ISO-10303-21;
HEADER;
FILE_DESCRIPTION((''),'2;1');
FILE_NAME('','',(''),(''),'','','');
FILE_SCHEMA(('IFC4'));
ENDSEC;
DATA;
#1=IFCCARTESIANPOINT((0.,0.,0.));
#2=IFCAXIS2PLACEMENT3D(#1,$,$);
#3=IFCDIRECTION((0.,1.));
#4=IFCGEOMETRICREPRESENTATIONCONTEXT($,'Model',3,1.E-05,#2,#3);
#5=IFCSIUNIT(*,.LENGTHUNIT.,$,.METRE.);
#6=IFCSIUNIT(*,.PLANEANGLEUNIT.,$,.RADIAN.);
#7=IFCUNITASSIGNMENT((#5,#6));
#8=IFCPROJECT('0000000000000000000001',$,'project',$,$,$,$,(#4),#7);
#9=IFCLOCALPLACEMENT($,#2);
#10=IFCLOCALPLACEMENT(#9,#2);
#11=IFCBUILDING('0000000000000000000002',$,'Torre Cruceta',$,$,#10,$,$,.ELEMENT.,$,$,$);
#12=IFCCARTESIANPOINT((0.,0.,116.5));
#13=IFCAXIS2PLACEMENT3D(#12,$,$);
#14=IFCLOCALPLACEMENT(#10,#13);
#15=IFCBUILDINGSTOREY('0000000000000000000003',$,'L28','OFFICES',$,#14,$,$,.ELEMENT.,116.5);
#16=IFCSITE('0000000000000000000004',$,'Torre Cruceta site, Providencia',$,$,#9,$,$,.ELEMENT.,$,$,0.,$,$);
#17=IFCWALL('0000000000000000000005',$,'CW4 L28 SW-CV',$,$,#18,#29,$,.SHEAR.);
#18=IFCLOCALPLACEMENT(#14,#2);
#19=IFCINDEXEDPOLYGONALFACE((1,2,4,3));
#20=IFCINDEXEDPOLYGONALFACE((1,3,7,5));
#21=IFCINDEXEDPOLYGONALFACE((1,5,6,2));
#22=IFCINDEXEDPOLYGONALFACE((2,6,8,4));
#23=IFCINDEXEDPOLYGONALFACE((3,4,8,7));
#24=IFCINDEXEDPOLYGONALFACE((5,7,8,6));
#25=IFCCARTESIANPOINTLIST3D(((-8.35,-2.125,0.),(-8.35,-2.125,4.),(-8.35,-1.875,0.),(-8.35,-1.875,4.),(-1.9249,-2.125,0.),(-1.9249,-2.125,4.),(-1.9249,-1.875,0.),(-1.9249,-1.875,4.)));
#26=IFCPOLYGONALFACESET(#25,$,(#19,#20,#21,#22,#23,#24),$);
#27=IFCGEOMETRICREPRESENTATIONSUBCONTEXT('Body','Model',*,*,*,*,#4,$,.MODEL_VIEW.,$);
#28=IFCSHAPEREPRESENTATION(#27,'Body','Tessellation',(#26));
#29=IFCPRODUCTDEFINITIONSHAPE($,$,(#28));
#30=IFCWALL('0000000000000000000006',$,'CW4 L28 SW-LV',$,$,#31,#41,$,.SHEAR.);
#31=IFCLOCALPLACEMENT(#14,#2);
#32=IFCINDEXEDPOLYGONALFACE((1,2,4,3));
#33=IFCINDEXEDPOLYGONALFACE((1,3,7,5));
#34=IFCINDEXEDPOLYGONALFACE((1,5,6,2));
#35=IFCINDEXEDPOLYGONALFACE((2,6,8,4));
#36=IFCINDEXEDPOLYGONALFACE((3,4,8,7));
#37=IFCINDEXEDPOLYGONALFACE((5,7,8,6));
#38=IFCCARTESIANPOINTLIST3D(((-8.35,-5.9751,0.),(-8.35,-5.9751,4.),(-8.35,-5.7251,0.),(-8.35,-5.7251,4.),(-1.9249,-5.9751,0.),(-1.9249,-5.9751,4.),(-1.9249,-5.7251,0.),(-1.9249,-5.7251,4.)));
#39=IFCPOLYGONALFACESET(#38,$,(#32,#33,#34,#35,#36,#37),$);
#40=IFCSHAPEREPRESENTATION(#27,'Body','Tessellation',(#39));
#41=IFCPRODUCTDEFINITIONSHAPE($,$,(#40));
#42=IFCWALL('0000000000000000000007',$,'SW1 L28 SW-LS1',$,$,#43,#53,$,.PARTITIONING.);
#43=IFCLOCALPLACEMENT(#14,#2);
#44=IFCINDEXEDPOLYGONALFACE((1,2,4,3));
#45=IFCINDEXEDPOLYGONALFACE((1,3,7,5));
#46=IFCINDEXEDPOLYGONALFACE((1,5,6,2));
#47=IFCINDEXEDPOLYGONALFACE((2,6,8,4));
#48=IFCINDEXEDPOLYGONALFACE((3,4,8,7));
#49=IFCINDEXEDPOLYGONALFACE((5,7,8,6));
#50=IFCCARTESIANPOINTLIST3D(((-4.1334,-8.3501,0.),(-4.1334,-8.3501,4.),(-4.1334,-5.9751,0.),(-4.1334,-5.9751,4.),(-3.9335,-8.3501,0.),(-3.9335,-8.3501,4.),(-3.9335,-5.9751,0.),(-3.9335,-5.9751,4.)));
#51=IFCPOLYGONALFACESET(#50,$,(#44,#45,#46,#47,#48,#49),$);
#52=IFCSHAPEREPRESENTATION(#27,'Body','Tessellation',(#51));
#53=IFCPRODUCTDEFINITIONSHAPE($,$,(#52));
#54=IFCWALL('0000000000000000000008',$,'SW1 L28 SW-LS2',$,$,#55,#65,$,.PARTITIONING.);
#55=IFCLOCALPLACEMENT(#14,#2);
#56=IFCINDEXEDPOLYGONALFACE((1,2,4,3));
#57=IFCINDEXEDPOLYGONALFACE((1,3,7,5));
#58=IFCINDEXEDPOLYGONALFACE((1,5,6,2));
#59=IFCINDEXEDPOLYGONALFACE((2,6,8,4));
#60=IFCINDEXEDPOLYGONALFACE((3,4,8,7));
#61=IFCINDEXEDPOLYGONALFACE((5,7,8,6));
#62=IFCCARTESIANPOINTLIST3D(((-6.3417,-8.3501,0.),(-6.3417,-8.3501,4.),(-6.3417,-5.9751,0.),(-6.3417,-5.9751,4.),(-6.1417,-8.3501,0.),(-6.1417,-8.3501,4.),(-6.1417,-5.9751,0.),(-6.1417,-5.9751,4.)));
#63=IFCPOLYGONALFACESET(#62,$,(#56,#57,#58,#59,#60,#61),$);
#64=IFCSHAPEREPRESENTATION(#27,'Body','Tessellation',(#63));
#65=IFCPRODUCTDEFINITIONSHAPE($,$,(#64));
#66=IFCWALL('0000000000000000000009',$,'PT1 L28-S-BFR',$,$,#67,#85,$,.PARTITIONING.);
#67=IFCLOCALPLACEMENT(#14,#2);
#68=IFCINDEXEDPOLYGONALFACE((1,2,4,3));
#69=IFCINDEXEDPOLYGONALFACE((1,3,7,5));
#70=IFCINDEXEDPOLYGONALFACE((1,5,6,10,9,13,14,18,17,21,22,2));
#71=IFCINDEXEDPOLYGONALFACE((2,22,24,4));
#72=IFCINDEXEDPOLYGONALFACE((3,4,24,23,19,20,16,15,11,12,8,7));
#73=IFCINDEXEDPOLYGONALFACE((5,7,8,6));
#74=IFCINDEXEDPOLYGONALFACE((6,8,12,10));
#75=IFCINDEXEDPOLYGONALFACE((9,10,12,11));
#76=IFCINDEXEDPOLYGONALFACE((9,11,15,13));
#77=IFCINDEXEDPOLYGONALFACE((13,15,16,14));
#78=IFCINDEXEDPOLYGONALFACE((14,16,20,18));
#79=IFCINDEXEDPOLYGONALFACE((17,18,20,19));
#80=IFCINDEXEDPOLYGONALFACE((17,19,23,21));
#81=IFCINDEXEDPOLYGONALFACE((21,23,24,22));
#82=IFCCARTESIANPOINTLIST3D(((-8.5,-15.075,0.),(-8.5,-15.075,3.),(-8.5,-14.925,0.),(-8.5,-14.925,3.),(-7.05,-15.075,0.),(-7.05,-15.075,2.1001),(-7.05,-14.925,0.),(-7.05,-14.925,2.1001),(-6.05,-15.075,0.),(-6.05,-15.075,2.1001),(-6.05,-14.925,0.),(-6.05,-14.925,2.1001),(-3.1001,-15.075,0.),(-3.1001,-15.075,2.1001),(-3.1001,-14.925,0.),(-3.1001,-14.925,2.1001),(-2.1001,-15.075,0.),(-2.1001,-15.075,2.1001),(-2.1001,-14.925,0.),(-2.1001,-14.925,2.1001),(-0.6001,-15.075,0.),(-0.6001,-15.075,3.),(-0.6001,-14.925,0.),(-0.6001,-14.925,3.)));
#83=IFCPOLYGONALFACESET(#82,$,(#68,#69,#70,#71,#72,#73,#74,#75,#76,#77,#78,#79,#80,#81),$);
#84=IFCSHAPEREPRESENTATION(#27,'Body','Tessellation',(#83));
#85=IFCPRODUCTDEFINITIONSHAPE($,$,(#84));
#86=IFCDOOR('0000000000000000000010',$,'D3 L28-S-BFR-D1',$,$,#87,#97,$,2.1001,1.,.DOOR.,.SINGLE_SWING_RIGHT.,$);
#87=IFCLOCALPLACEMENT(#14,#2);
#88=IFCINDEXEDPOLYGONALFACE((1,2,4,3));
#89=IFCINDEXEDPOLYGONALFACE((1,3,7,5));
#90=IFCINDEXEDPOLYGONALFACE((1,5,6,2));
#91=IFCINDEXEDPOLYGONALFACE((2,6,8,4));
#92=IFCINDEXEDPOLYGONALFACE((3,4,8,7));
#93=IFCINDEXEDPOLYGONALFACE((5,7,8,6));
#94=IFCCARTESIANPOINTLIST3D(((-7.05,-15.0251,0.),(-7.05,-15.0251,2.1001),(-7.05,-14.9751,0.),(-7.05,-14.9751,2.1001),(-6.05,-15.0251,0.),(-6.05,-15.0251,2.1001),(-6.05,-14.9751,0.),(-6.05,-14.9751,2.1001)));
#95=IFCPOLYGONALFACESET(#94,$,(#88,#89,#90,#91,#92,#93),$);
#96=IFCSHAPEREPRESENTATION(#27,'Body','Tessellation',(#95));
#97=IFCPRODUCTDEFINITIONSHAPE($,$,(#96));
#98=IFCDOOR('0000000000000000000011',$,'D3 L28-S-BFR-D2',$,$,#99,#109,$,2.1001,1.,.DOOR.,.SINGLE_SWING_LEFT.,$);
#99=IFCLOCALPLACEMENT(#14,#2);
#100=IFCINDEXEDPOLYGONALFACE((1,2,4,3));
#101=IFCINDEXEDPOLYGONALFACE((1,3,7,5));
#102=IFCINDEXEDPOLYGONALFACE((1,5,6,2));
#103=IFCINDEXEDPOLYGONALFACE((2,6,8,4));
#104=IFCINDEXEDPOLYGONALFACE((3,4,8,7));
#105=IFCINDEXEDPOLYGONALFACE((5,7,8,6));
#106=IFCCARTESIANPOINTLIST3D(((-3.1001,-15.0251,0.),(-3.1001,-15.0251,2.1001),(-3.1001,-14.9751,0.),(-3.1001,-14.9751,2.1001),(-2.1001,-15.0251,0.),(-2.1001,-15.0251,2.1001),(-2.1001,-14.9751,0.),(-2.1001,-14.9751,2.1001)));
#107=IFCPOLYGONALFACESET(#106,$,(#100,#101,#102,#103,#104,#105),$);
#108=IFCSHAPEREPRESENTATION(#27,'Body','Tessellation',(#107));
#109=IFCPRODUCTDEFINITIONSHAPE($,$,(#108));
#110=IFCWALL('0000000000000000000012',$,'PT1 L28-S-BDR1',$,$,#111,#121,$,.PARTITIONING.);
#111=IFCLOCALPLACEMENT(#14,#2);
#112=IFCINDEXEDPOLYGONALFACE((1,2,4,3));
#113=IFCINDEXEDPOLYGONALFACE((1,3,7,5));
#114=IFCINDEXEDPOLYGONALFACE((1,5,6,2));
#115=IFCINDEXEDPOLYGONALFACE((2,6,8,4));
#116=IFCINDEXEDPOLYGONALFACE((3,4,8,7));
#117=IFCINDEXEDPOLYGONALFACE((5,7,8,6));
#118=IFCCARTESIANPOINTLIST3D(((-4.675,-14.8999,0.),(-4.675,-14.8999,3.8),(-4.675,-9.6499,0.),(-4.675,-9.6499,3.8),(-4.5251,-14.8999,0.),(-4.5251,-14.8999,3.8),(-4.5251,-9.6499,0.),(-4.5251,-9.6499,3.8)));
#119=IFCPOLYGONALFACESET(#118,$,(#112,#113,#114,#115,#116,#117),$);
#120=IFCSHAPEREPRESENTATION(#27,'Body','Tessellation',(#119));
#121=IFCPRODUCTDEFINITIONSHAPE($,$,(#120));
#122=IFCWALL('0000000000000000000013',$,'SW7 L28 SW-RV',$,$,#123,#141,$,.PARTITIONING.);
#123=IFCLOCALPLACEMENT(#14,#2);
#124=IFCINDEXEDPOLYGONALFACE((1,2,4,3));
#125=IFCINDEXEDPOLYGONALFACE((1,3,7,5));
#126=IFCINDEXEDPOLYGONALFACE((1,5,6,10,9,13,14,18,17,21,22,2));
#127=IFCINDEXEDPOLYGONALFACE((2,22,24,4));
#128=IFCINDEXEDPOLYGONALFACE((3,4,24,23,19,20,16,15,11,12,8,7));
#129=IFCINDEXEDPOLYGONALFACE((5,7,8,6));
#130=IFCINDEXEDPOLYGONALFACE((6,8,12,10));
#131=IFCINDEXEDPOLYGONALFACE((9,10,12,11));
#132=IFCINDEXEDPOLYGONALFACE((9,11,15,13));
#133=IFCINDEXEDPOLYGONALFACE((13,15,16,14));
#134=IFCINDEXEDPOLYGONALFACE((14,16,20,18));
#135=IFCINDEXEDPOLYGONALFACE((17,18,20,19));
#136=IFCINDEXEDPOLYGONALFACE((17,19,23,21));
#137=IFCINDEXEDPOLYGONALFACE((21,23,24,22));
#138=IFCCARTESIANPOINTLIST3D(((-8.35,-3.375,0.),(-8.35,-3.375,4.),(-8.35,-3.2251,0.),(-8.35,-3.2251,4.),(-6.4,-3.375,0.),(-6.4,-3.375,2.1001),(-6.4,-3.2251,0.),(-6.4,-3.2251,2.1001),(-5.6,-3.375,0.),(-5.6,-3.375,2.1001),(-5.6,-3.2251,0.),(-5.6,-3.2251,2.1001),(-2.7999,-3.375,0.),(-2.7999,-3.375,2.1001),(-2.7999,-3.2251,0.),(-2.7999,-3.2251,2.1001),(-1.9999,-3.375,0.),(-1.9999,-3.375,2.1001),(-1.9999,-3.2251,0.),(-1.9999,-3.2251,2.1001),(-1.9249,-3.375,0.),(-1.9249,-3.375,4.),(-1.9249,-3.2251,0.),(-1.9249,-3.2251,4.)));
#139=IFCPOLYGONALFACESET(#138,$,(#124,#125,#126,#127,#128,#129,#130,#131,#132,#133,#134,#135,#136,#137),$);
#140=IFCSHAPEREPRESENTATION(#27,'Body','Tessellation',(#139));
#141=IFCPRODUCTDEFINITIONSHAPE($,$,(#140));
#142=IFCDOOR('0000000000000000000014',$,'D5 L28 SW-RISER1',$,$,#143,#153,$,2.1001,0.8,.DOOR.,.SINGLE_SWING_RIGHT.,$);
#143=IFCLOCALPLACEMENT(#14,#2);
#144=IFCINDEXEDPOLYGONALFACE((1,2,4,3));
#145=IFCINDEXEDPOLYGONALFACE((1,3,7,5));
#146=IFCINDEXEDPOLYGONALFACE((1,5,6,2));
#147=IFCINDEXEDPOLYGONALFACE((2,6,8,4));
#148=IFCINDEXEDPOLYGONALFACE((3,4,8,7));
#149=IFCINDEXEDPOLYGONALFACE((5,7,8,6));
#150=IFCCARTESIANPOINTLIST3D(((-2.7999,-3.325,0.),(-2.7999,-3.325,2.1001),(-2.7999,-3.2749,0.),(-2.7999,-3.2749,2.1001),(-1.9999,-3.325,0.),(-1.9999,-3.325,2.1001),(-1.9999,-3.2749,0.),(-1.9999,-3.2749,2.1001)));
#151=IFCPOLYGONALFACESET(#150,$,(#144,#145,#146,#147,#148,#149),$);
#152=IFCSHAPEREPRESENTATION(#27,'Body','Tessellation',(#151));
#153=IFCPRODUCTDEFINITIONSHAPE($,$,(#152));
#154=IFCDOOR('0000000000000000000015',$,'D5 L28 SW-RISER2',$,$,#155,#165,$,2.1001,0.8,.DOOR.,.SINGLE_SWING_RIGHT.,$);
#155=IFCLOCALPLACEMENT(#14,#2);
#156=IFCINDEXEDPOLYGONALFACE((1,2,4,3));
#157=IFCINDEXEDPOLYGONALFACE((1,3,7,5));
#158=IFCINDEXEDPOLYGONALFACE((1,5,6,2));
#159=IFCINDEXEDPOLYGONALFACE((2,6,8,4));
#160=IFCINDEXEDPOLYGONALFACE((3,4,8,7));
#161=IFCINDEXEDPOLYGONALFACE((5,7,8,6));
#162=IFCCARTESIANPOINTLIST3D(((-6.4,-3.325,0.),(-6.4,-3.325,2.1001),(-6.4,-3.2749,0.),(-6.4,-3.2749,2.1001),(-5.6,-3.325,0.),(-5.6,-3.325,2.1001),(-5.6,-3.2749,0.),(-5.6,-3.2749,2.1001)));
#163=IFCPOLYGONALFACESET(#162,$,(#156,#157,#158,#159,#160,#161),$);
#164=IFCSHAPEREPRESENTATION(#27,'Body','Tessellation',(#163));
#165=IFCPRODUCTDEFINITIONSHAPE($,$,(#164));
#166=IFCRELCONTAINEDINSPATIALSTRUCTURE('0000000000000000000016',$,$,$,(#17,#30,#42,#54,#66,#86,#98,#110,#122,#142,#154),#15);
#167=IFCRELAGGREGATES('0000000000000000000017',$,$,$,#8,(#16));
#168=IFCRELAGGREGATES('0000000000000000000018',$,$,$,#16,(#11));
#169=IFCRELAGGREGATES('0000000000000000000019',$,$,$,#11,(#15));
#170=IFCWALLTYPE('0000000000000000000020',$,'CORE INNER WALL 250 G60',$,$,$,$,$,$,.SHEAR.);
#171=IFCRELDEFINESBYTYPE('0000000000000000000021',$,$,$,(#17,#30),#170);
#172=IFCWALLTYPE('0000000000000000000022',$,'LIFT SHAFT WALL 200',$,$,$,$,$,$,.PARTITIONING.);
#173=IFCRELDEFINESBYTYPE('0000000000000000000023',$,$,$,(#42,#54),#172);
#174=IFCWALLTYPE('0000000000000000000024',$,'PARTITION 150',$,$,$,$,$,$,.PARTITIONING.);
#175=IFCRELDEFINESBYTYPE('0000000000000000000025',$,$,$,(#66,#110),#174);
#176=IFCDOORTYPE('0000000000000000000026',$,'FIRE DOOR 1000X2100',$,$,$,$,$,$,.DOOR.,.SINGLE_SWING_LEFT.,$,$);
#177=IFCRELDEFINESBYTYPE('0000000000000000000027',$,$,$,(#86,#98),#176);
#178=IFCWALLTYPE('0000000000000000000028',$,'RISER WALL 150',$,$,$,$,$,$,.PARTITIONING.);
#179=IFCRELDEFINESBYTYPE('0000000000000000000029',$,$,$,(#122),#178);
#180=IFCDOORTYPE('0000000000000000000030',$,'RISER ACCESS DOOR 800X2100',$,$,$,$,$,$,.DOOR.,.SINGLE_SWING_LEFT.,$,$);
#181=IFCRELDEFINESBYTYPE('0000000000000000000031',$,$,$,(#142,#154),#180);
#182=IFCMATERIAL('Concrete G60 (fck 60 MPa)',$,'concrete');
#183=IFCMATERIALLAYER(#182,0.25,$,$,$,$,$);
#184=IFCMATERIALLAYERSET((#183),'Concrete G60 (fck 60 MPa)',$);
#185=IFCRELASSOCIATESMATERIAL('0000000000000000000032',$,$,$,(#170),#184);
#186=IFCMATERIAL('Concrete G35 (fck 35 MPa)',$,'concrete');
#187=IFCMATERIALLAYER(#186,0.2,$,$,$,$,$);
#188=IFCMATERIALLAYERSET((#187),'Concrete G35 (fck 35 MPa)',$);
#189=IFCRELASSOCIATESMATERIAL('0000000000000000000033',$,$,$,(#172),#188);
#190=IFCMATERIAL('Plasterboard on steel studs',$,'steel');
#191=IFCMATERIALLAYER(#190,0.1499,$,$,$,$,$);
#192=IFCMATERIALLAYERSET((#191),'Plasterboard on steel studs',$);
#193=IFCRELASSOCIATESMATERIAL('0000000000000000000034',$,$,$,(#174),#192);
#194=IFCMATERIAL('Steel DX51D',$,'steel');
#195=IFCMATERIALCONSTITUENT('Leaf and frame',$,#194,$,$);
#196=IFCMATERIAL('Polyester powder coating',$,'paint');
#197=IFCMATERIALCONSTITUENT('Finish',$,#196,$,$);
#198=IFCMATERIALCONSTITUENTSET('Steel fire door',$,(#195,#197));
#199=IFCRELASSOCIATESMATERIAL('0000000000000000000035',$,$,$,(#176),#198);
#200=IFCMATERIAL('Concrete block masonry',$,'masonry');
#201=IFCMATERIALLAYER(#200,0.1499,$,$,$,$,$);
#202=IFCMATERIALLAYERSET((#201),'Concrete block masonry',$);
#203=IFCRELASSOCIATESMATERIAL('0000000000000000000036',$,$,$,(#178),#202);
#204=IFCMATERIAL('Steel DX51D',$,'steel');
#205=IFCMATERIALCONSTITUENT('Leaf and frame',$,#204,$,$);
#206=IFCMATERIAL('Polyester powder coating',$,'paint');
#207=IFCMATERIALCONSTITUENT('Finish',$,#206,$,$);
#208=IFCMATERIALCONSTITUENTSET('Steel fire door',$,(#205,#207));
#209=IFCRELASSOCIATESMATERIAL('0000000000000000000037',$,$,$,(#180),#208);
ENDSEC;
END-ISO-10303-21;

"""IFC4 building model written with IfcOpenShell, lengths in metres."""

from ifc_helpers import new_model, si_unit, direction, frame, frame_2d, origin, place, context, subcontext, project, spatial, rectangle, extrude, material, layer, layer_set, constituent, constituent_set, type_object, element, fill, save


model = new_model("IFC4")

# Units and contexts
model_context = context("Model", 3, precision=1e-05, world=origin(), true_north=direction((0.0, 1.0)))
body_context = subcontext(model_context, "Body", "Model", "MODEL_VIEW")
ifc_project = project(units=[si_unit("LENGTHUNIT", "METRE"), si_unit("PLANEANGLEUNIT", "RADIAN")], contexts=[model_context])

# Site, building, storey
site_placement = place(None, origin())
site = spatial("IfcSite", under=ifc_project, at=site_placement, Name="Torre Cruceta site, Providencia", CompositionType="ELEMENT", RefElevation=0.0)
building_placement = place(site_placement, origin())
building = spatial("IfcBuilding", under=site, at=building_placement, Name="Torre Cruceta", CompositionType="ELEMENT")
storey_placement = place(building_placement, frame((0.0, 0.0, 116.5)))
storey = spatial("IfcBuildingStorey", under=building, at=storey_placement, Name="L28", Description="OFFICES", CompositionType="ELEMENT", Elevation=116.5)

# Walls
ifc_material_1 = material(Name="Concrete G60 (fck 60 MPa)", Category="concrete")
ifc_layer_1 = layer(ifc_material_1, 0.25)
ifc_layer_set_1 = layer_set([ifc_layer_1], Name="Concrete G60 (fck 60 MPa)")
wall_type_1 = type_object("IfcWallType", Name="CORE INNER WALL 250 G60", PredefinedType="SHEAR", material=ifc_layer_set_1)
for number, where, z_axis, x_axis, name in (
    (1, (-1.925, -2.0, 0.0), (0.0, 0.0, 1.0), (-1.0, 0.0, 0.0), "CW4 L28 SW-CV"),
    (2, (-1.925, -5.8501, 0.0), (0.0, 0.0, 1.0), (-1.0, 0.0, 0.0), "CW4 L28 SW-LV"),
):
    element("IfcWall", number, at=place(storey_placement, frame(where, z_axis=z_axis, x_axis=x_axis)), inside=storey, type_object=wall_type_1, Name=name, PredefinedType="SHEAR", context=body_context, shape_type="SweptSolid", body=[
        extrude(rectangle(XDim=6.425, YDim=0.25, at=frame_2d((3.2124, 0.0))), origin(), (0.0, 0.0, 1.0), 4.0),
    ])

# Walls
ifc_material_2 = material(Name="Concrete G35 (fck 35 MPa)", Category="concrete")
ifc_layer_2 = layer(ifc_material_2, 0.2)
ifc_layer_set_2 = layer_set([ifc_layer_2], Name="Concrete G35 (fck 35 MPa)")
wall_type_2 = type_object("IfcWallType", Name="LIFT SHAFT WALL 200", PredefinedType="PARTITIONING", material=ifc_layer_set_2)
for number, where, z_axis, x_axis, name in (
    (3, (-4.0334, -5.9751, 0.0), (0.0, 0.0, 1.0), (0.0, -1.0, 0.0), "SW1 L28 SW-LS1"),
    (4, (-6.2417, -5.9751, 0.0), (0.0, 0.0, 1.0), (0.0, -1.0, 0.0), "SW1 L28 SW-LS2"),
):
    element("IfcWall", number, at=place(storey_placement, frame(where, z_axis=z_axis, x_axis=x_axis)), inside=storey, type_object=wall_type_2, Name=name, PredefinedType="PARTITIONING", context=body_context, shape_type="SweptSolid", body=[
        extrude(rectangle(XDim=2.375, YDim=0.2, at=frame_2d((1.1875, 0.0))), origin(), (0.0, 0.0, 1.0), 4.0),
    ])

# Wall, openings, doors
ifc_material_3 = material(Name="Plasterboard on steel studs", Category="steel")
ifc_layer_3 = layer(ifc_material_3, 0.1499)
ifc_layer_set_3 = layer_set([ifc_layer_3], Name="Plasterboard on steel studs")
wall_type_3 = type_object("IfcWallType", Name="PARTITION 150", PredefinedType="PARTITIONING", material=ifc_layer_set_3)
wall_1_placement = place(storey_placement, frame((-8.5, -15.0, 0.0), z_axis=(0.0, 0.0, 1.0), x_axis=(1.0, 0.0, 0.0)))
wall_1 = element("IfcWall", 5, at=wall_1_placement, inside=storey, type_object=wall_type_3, Name="PT1 L28-S-BFR", PredefinedType="PARTITIONING", context=body_context, shape_type="SweptSolid", body=[
    extrude(rectangle(XDim=7.8999, YDim=0.1499, at=frame_2d((3.95, 0.0))), origin(), (0.0, 0.0, 1.0), 3.0),
])
opening_1_placement = place(wall_1_placement, frame((1.45, 0.0, 0.0)))
opening_1 = element("IfcOpeningElement", 6, at=opening_1_placement, cuts=wall_1, PredefinedType="OPENING", context=body_context, shape_type="SweptSolid", body=[
    extrude(rectangle(XDim=1.0, YDim=2.1001, at=frame_2d((0.5, 1.05))), frame((0.0, 0.085, 0.0), z_axis=(0.0, -1.0, 0.0), x_axis=(1.0, 0.0, 0.0)), (0.0, 0.0, 1.0), 0.1699),
])
opening_2_placement = place(wall_1_placement, frame((5.3999, 0.0, 0.0)))
opening_2 = element("IfcOpeningElement", 7, at=opening_2_placement, cuts=wall_1, PredefinedType="OPENING", context=body_context, shape_type="SweptSolid", body=[
    extrude(rectangle(XDim=1.0, YDim=2.1001, at=frame_2d((0.5, 1.05))), frame((0.0, 0.085, 0.0), z_axis=(0.0, -1.0, 0.0), x_axis=(1.0, 0.0, 0.0)), (0.0, 0.0, 1.0), 0.1699),
])
ifc_material_4 = material(Name="Steel DX51D", Category="steel")
ifc_constituent_1 = constituent(ifc_material_4, Name="Leaf and frame")
ifc_material_5 = material(Name="Polyester powder coating", Category="paint")
ifc_constituent_2 = constituent(ifc_material_5, Name="Finish")
ifc_constituent_set_1 = constituent_set(constituents=[ifc_constituent_1, ifc_constituent_2], Name="Steel fire door")
door_type_1 = type_object("IfcDoorType", Name="FIRE DOOR 1000X2100", OperationType="SINGLE_SWING_LEFT", PredefinedType="DOOR", material=ifc_constituent_set_1)
door_1_placement = place(opening_1_placement, origin())
door_1 = element("IfcDoor", 8, at=door_1_placement, inside=storey, type_object=door_type_1, Name="D3 L28-S-BFR-D1", OperationType="SINGLE_SWING_RIGHT", OverallHeight=2.1001, OverallWidth=1.0, PredefinedType="DOOR", context=body_context, shape_type="SweptSolid", body=[
    extrude(rectangle(XDim=1.0, YDim=2.1001, at=frame_2d((0.5, 1.05))), frame((0.0, 0.0249, 0.0), z_axis=(0.0, -1.0, 0.0), x_axis=(1.0, 0.0, 0.0)), (0.0, 0.0, 1.0), 0.05),
])
fill(opening_1, door_1)
door_2_placement = place(opening_2_placement, origin())
door_2 = element("IfcDoor", 9, at=door_2_placement, inside=storey, type_object=door_type_1, Name="D3 L28-S-BFR-D2", OperationType="SINGLE_SWING_LEFT", OverallHeight=2.1001, OverallWidth=1.0, PredefinedType="DOOR", context=body_context, shape_type="SweptSolid", body=[
    extrude(rectangle(XDim=1.0, YDim=2.1001, at=frame_2d((0.5, 1.05))), frame((0.0, 0.0249, 0.0), z_axis=(0.0, -1.0, 0.0), x_axis=(1.0, 0.0, 0.0)), (0.0, 0.0, 1.0), 0.05),
])
fill(opening_2, door_2)

# Wall
wall_2_placement = place(storey_placement, frame((-4.6001, -9.6499, 0.0), z_axis=(0.0, 0.0, 1.0), x_axis=(0.0, -1.0, 0.0)))
element("IfcWall", 10, at=wall_2_placement, inside=storey, type_object=wall_type_3, Name="PT1 L28-S-BDR1", PredefinedType="PARTITIONING", context=body_context, shape_type="SweptSolid", body=[
    extrude(rectangle(XDim=5.25, YDim=0.1499, at=frame_2d((2.625, 0.0))), origin(), (0.0, 0.0, 1.0), 3.8),
])

# Wall, openings, doors
ifc_material_6 = material(Name="Concrete block masonry", Category="masonry")
ifc_layer_4 = layer(ifc_material_6, 0.1499)
ifc_layer_set_4 = layer_set([ifc_layer_4], Name="Concrete block masonry")
wall_type_4 = type_object("IfcWallType", Name="RISER WALL 150", PredefinedType="PARTITIONING", material=ifc_layer_set_4)
wall_3_placement = place(storey_placement, frame((-1.925, -3.3, 0.0), z_axis=(0.0, 0.0, 1.0), x_axis=(-1.0, 0.0, 0.0)))
wall_3 = element("IfcWall", 11, at=wall_3_placement, inside=storey, type_object=wall_type_4, Name="SW7 L28 SW-RV", PredefinedType="PARTITIONING", context=body_context, shape_type="SweptSolid", body=[
    extrude(rectangle(XDim=6.425, YDim=0.1499, at=frame_2d((3.2124, 0.0))), origin(), (0.0, 0.0, 1.0), 4.0),
])
opening_3_placement = place(wall_3_placement, frame((0.075, 0.0, 0.0)))
opening_3 = element("IfcOpeningElement", 12, at=opening_3_placement, cuts=wall_3, PredefinedType="OPENING", context=body_context, shape_type="SweptSolid", body=[
    extrude(rectangle(XDim=0.8, YDim=2.1001, at=frame_2d((0.3999, 1.05))), frame((0.0, 0.085, 0.0), z_axis=(0.0, -1.0, 0.0), x_axis=(1.0, 0.0, 0.0)), (0.0, 0.0, 1.0), 0.1699),
])
opening_4_placement = place(wall_3_placement, frame((3.675, 0.0, 0.0)))
opening_4 = element("IfcOpeningElement", 13, at=opening_4_placement, cuts=wall_3, PredefinedType="OPENING", context=body_context, shape_type="SweptSolid", body=[
    extrude(rectangle(XDim=0.8, YDim=2.1001, at=frame_2d((0.3999, 1.05))), frame((0.0, 0.085, 0.0), z_axis=(0.0, -1.0, 0.0), x_axis=(1.0, 0.0, 0.0)), (0.0, 0.0, 1.0), 0.1699),
])
ifc_material_7 = material(Name="Steel DX51D", Category="steel")
ifc_constituent_3 = constituent(ifc_material_7, Name="Leaf and frame")
ifc_material_8 = material(Name="Polyester powder coating", Category="paint")
ifc_constituent_4 = constituent(ifc_material_8, Name="Finish")
ifc_constituent_set_2 = constituent_set(constituents=[ifc_constituent_3, ifc_constituent_4], Name="Steel fire door")
door_type_2 = type_object("IfcDoorType", Name="RISER ACCESS DOOR 800X2100", OperationType="SINGLE_SWING_LEFT", PredefinedType="DOOR", material=ifc_constituent_set_2)
door_3_placement = place(opening_3_placement, frame((0.8, 0.0, 0.0), z_axis=(0.0, 0.0, 1.0), x_axis=(-1.0, 0.0, 0.0)))
door_3 = element("IfcDoor", 14, at=door_3_placement, inside=storey, type_object=door_type_2, Name="D5 L28 SW-RISER1", OperationType="SINGLE_SWING_RIGHT", OverallHeight=2.1001, OverallWidth=0.8, PredefinedType="DOOR", context=body_context, shape_type="SweptSolid", body=[
    extrude(rectangle(XDim=0.8, YDim=2.1001, at=frame_2d((0.4001, 1.05))), frame((0.0, 0.0251, 0.0), z_axis=(0.0, -1.0, 0.0), x_axis=(1.0, 0.0, 0.0)), (0.0, 0.0, 1.0), 0.05),
])
fill(opening_3, door_3)
door_4_placement = place(opening_4_placement, frame((0.8, 0.0, 0.0), z_axis=(0.0, 0.0, 1.0), x_axis=(-1.0, 0.0, 0.0)))
door_4 = element("IfcDoor", 15, at=door_4_placement, inside=storey, type_object=door_type_2, Name="D5 L28 SW-RISER2", OperationType="SINGLE_SWING_RIGHT", OverallHeight=2.1001, OverallWidth=0.8, PredefinedType="DOOR", context=body_context, shape_type="SweptSolid", body=[
    extrude(rectangle(XDim=0.8, YDim=2.1001, at=frame_2d((0.4001, 1.05))), frame((0.0, 0.0251, 0.0), z_axis=(0.0, -1.0, 0.0), x_axis=(1.0, 0.0, 0.0)), (0.0, 0.0, 1.0), 0.05),
])
fill(opening_4, door_4)

save(model, "model.ifc")
